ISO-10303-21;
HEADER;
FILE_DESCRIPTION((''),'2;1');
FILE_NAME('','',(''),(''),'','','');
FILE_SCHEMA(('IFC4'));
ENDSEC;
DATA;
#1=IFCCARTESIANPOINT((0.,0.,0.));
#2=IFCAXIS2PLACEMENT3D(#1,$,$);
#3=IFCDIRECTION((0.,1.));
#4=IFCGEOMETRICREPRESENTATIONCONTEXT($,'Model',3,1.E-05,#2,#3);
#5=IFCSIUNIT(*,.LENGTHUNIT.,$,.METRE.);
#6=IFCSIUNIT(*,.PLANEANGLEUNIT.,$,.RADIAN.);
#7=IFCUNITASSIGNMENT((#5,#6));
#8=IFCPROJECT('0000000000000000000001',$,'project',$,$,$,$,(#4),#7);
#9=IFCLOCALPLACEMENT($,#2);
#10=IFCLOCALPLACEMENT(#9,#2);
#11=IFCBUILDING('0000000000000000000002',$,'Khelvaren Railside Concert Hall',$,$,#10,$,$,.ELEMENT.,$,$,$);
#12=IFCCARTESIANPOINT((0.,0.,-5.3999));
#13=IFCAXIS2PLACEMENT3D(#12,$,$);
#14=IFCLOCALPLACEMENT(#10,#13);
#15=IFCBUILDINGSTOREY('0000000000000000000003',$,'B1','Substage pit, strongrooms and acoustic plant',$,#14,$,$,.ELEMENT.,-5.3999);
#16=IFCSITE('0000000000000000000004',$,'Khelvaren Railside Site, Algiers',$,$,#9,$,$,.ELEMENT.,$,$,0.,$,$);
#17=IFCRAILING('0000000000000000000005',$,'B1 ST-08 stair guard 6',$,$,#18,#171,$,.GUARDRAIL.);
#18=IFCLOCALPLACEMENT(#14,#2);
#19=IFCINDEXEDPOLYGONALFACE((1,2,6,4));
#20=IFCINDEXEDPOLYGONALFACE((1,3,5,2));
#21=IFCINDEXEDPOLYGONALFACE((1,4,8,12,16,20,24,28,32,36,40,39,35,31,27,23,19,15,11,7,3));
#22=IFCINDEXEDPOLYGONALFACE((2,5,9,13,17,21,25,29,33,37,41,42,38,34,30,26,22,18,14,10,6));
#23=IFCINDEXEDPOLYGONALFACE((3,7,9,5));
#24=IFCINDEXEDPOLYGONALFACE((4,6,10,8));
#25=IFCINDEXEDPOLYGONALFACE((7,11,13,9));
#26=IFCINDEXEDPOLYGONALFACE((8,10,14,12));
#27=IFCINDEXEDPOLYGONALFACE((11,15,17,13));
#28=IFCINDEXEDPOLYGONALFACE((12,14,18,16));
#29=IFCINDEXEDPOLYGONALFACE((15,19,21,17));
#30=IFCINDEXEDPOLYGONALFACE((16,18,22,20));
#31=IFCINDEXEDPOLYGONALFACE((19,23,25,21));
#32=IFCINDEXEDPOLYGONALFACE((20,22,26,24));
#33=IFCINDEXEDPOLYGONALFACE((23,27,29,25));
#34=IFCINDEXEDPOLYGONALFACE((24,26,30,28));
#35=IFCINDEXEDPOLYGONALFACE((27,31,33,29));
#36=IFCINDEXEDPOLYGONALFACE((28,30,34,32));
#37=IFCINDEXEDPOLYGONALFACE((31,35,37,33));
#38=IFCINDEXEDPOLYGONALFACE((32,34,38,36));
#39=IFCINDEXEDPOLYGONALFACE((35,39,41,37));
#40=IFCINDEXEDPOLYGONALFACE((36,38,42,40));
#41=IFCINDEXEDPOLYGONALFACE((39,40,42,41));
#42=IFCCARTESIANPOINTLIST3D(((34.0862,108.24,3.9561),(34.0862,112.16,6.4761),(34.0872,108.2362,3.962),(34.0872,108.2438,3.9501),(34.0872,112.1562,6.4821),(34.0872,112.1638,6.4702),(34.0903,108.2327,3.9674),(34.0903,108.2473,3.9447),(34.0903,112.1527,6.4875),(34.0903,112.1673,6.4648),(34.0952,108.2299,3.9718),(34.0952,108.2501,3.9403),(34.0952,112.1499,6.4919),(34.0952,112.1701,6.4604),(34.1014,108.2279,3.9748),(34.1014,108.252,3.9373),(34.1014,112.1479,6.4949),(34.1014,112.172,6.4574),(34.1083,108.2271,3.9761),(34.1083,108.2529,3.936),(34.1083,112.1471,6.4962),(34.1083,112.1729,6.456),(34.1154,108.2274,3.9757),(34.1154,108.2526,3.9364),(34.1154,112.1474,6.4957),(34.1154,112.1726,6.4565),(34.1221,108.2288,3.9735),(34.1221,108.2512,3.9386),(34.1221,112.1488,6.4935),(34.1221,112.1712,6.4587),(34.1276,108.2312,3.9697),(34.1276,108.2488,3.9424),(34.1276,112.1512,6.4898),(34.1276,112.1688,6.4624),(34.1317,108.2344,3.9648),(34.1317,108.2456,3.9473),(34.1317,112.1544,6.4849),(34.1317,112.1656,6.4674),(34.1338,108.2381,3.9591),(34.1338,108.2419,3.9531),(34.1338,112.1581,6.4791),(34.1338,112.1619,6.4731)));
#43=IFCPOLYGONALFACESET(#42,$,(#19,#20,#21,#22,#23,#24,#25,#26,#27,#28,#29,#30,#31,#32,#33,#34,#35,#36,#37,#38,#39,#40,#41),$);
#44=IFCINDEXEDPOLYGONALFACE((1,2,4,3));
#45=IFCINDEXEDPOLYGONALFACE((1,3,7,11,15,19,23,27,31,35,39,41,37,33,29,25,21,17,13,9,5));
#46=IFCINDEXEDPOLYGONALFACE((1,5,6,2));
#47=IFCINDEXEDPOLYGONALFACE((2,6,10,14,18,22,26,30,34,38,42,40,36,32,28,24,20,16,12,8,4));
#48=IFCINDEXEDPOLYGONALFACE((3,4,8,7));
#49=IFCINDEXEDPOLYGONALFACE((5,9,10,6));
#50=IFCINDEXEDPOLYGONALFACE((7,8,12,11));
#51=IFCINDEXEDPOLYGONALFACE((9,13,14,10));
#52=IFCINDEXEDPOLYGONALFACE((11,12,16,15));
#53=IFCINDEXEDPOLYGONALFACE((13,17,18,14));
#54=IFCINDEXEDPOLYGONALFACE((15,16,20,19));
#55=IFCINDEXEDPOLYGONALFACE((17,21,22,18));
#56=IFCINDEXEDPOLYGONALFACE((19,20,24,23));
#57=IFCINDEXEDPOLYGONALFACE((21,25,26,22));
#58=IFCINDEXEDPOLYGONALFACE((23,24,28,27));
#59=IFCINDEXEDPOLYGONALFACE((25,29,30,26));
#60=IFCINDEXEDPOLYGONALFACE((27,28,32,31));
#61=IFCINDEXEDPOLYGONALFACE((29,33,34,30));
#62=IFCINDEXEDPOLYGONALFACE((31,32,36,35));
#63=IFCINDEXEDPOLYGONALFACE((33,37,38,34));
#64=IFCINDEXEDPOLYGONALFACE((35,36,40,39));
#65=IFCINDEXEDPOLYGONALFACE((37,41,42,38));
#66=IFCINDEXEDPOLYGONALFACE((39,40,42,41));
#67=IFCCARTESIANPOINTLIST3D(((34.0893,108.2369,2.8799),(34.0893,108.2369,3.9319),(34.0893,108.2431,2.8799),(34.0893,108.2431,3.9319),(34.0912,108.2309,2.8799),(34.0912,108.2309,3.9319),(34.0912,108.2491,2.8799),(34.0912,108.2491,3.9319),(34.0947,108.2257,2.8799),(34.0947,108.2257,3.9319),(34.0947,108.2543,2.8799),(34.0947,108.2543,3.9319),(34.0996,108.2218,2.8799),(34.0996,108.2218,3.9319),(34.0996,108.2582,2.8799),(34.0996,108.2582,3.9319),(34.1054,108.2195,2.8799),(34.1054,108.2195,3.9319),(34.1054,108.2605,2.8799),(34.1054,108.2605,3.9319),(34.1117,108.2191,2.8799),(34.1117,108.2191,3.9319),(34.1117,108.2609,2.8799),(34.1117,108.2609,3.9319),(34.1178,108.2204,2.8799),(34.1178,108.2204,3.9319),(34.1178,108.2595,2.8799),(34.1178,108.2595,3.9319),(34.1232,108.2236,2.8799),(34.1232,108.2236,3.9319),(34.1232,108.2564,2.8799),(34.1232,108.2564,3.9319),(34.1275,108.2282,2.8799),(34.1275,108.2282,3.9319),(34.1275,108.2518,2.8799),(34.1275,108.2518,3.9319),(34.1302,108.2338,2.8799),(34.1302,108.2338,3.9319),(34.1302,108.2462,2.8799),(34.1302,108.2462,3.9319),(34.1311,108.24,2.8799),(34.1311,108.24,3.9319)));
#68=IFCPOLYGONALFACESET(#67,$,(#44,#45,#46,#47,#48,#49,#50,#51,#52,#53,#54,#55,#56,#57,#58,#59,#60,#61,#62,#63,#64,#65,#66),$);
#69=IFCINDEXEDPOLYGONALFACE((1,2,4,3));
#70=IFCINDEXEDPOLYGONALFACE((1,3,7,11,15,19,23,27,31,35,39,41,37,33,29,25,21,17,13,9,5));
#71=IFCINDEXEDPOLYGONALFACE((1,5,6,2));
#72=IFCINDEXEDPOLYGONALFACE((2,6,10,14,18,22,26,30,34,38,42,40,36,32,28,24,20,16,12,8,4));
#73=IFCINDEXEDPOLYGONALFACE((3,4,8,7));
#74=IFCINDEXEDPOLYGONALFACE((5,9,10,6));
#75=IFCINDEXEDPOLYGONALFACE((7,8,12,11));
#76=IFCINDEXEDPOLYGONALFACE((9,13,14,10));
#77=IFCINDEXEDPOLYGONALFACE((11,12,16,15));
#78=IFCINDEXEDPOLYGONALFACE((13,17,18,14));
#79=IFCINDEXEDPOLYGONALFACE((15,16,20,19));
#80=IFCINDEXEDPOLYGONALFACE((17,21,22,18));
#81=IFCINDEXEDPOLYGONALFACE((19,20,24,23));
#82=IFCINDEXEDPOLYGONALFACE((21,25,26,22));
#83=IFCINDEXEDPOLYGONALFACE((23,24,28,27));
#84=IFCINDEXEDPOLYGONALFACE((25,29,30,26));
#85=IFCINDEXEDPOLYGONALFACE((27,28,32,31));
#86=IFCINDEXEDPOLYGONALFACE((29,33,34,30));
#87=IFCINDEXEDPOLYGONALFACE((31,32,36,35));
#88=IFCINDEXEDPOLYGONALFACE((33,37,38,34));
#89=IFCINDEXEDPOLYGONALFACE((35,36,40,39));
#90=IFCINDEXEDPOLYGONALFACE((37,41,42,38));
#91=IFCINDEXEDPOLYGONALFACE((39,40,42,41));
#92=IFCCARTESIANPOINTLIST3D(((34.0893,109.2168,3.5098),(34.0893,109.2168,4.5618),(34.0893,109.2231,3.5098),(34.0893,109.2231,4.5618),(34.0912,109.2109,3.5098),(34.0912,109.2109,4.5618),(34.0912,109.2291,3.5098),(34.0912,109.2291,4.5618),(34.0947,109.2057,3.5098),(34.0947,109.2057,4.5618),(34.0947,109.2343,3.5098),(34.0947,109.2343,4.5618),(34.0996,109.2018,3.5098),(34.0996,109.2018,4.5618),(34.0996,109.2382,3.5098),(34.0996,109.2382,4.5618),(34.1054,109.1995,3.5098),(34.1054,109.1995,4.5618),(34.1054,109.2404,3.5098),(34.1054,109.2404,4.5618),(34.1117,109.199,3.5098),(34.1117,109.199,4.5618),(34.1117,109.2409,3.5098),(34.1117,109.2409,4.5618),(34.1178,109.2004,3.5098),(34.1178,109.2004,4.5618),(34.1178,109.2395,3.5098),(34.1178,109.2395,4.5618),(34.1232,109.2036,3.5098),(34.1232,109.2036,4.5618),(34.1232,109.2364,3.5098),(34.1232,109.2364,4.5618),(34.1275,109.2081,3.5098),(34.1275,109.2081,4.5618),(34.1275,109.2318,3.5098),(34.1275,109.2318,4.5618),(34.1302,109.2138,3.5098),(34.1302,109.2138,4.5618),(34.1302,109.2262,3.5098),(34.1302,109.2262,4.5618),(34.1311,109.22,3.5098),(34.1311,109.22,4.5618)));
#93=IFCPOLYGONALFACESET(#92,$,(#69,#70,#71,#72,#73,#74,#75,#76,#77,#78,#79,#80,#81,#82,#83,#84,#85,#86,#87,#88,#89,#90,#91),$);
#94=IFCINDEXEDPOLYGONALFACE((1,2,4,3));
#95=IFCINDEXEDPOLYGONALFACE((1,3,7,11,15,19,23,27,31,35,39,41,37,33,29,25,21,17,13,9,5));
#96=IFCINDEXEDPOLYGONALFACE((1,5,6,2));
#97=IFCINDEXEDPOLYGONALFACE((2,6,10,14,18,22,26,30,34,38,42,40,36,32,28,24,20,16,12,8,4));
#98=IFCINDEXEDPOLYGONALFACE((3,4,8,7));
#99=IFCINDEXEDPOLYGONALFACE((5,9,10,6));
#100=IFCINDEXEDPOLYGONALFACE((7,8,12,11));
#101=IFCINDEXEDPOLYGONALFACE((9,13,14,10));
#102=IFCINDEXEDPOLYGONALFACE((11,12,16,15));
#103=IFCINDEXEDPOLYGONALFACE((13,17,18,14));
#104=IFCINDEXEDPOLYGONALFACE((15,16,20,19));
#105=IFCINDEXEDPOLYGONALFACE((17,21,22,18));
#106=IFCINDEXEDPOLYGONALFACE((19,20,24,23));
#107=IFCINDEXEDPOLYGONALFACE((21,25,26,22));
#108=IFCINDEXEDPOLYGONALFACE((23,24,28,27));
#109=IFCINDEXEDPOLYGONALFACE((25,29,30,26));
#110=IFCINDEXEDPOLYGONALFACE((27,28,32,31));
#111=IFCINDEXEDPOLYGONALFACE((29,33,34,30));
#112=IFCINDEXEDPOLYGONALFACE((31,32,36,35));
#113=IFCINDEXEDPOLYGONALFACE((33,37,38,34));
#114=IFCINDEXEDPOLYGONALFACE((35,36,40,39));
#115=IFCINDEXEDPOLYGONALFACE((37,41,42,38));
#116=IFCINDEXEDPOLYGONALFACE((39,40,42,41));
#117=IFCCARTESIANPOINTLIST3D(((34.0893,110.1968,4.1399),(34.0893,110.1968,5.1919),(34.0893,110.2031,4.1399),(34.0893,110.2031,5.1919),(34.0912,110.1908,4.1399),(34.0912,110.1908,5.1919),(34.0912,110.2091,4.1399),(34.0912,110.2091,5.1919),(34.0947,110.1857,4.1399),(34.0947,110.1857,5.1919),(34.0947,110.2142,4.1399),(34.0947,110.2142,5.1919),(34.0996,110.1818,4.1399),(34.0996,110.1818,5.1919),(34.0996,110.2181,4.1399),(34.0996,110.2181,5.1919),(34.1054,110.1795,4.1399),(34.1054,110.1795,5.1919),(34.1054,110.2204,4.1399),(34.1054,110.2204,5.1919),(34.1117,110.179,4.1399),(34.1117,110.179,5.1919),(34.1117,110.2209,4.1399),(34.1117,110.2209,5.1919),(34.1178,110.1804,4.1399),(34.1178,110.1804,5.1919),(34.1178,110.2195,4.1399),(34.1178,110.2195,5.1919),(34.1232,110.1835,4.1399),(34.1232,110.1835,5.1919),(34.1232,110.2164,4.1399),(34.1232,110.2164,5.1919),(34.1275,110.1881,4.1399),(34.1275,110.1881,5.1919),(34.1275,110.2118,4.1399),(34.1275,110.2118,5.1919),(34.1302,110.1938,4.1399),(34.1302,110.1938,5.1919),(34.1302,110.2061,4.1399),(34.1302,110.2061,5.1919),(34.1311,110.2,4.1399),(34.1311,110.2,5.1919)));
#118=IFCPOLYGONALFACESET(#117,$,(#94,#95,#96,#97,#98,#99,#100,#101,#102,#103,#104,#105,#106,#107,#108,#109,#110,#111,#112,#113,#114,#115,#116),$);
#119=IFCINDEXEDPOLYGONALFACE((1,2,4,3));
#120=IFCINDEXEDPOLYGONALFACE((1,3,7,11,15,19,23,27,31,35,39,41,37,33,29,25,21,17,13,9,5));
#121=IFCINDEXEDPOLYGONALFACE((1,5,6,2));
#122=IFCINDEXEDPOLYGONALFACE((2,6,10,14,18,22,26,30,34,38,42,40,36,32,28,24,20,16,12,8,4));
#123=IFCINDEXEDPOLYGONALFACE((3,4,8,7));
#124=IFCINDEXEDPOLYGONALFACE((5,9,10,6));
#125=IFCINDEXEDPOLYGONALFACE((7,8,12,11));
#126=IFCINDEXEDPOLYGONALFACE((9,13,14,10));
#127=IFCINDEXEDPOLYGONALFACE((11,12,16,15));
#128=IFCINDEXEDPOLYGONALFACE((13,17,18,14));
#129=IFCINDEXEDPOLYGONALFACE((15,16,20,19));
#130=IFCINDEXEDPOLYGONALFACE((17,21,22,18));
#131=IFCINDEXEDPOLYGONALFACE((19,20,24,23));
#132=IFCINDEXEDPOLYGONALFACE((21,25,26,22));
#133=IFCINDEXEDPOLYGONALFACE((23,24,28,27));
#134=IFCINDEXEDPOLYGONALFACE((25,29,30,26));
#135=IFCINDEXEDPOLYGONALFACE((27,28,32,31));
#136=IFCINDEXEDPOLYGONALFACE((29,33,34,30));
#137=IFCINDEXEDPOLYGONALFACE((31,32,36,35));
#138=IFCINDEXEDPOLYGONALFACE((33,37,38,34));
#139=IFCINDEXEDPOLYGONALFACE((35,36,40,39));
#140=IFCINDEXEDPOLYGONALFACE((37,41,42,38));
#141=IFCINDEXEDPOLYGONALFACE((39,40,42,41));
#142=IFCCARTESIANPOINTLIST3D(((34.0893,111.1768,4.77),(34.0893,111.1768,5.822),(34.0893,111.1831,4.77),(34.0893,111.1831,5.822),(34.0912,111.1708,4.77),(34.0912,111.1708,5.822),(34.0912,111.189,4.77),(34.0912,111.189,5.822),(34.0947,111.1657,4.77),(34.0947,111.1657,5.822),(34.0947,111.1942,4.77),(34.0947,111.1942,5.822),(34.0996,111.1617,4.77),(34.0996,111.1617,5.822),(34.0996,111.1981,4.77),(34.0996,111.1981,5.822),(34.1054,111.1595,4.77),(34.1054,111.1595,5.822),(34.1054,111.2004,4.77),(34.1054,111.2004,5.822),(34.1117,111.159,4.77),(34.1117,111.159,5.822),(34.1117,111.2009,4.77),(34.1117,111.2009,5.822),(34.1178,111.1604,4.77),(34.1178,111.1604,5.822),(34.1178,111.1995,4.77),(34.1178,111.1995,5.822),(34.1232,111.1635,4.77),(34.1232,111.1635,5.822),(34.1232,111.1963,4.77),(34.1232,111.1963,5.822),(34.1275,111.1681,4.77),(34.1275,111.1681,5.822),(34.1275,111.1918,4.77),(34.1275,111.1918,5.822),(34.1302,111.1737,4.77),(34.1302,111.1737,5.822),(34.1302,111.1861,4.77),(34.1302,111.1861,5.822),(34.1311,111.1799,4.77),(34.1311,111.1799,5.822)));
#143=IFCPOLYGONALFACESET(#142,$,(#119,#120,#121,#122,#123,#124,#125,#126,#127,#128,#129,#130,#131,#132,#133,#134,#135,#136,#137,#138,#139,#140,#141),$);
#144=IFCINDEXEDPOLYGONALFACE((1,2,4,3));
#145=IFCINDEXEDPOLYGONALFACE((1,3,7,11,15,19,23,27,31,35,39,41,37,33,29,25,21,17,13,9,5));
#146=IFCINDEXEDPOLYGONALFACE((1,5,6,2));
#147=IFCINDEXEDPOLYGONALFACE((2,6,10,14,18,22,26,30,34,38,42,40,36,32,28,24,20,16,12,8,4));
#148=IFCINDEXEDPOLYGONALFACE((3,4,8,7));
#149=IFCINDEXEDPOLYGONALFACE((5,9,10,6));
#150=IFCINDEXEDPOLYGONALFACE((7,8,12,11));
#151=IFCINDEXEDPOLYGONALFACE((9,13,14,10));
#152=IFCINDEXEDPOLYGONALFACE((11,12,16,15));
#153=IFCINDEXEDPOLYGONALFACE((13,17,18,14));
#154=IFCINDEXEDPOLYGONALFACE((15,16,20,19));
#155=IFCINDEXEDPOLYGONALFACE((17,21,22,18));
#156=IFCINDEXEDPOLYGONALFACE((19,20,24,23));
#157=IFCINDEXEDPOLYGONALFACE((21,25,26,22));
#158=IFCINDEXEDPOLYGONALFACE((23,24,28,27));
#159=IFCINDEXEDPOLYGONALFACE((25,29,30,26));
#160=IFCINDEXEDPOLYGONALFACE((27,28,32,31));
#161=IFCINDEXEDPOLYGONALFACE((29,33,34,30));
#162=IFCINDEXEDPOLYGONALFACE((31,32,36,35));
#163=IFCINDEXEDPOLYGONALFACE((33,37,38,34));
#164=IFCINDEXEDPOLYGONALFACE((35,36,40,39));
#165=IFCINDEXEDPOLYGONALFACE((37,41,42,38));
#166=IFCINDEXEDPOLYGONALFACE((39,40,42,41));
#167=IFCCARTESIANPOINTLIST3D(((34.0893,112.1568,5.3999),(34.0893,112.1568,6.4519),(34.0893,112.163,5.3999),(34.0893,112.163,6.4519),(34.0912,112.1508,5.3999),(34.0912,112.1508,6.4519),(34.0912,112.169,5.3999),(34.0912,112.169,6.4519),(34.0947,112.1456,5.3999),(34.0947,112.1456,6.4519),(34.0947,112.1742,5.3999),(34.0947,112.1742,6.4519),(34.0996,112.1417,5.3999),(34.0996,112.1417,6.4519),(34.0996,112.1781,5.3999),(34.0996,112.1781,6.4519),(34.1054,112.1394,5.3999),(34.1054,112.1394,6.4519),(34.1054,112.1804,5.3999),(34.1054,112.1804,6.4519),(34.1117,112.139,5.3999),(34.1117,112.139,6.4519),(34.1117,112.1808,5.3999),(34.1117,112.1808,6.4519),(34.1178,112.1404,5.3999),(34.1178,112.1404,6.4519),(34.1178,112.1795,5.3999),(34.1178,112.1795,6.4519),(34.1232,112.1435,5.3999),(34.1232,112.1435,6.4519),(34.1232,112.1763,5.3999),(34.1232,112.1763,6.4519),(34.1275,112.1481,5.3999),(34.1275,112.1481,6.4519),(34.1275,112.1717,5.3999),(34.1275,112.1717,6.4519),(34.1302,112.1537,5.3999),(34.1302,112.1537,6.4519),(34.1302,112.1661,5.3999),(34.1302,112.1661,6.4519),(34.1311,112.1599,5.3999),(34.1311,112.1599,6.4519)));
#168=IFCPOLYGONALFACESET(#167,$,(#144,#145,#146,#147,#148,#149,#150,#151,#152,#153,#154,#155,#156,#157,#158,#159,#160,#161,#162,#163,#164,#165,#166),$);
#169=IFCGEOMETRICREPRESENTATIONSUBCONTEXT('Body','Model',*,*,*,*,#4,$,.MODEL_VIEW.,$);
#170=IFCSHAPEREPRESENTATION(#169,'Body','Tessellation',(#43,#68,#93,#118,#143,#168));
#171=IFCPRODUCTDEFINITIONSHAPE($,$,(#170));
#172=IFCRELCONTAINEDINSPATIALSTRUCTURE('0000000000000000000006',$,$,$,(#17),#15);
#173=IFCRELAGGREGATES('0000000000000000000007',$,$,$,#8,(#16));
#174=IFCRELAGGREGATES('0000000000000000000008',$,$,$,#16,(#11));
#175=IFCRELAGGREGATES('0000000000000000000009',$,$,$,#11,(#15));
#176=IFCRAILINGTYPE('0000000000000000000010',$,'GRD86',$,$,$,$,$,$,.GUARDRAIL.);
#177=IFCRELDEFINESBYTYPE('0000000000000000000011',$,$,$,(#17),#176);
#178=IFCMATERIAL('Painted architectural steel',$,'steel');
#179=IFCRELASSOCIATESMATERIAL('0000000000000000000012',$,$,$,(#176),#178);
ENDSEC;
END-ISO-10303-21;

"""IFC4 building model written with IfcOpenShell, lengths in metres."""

from ifc_helpers import new_model, si_unit, direction, frame, origin, origin_2d, place, context, subcontext, project, spatial, circle, extrude, material, type_object, element, save


model = new_model("IFC4")

# Units and contexts
model_context = context("Model", 3, precision=1e-05, world=origin(), true_north=direction((0.0, 1.0)))
body_context = subcontext(model_context, "Body", "Model", "MODEL_VIEW")
ifc_project = project(units=[si_unit("LENGTHUNIT", "METRE"), si_unit("PLANEANGLEUNIT", "RADIAN")], contexts=[model_context])

# Site, building, storey
site_placement = place(None, origin())
site = spatial("IfcSite", under=ifc_project, at=site_placement, Name="Khelvaren Railside Site, Algiers", CompositionType="ELEMENT", RefElevation=0.0)
building_placement = place(site_placement, origin())
building = spatial("IfcBuilding", under=site, at=building_placement, Name="Khelvaren Railside Concert Hall", CompositionType="ELEMENT")
storey_placement = place(building_placement, frame((0.0, 0.0, -5.3999)))
storey = spatial("IfcBuildingStorey", under=building, at=storey_placement, Name="B1", Description="Substage pit, strongrooms and acoustic plant", CompositionType="ELEMENT", Elevation=-5.3999)

# Railing
ifc_material_1 = material(Name="Painted architectural steel", Category="steel")
railing_type_1 = type_object("IfcRailingType", Name="GRD86", PredefinedType="GUARDRAIL", material=ifc_material_1)
railing_1_placement = place(storey_placement, frame((34.1101, 108.24, 2.8799)))
element("IfcRailing", 1, at=railing_1_placement, inside=storey, type_object=railing_type_1, Name="B1 ST-08 stair guard 6", PredefinedType="GUARDRAIL", context=body_context, shape_type="SweptSolid", body=[
    extrude(circle(Radius=0.0239, at=origin_2d()), frame((0.0, 0.0, 1.0762), z_axis=(0.0, 0.841172, 0.540768), x_axis=(-1.0, 0.0, 0.0)), (0.0, 0.0, 1.0), 4.6602),
    extrude(circle(Radius=0.021, at=origin_2d()), origin(), (0.0, 0.0, 1.0), 1.052),
    extrude(circle(Radius=0.021, at=origin_2d()), frame((0.0, 0.98, 0.6299)), (0.0, 0.0, 1.0), 1.052),
    extrude(circle(Radius=0.021, at=origin_2d()), frame((0.0, 1.96, 1.26)), (0.0, 0.0, 1.0), 1.052),
    extrude(circle(Radius=0.021, at=origin_2d()), frame((0.0, 2.9399, 1.8901)), (0.0, 0.0, 1.0), 1.052),
    extrude(circle(Radius=0.021, at=origin_2d()), frame((0.0, 3.9199, 2.52)), (0.0, 0.0, 1.0), 1.052),
])

save(model, "model.ifc")
